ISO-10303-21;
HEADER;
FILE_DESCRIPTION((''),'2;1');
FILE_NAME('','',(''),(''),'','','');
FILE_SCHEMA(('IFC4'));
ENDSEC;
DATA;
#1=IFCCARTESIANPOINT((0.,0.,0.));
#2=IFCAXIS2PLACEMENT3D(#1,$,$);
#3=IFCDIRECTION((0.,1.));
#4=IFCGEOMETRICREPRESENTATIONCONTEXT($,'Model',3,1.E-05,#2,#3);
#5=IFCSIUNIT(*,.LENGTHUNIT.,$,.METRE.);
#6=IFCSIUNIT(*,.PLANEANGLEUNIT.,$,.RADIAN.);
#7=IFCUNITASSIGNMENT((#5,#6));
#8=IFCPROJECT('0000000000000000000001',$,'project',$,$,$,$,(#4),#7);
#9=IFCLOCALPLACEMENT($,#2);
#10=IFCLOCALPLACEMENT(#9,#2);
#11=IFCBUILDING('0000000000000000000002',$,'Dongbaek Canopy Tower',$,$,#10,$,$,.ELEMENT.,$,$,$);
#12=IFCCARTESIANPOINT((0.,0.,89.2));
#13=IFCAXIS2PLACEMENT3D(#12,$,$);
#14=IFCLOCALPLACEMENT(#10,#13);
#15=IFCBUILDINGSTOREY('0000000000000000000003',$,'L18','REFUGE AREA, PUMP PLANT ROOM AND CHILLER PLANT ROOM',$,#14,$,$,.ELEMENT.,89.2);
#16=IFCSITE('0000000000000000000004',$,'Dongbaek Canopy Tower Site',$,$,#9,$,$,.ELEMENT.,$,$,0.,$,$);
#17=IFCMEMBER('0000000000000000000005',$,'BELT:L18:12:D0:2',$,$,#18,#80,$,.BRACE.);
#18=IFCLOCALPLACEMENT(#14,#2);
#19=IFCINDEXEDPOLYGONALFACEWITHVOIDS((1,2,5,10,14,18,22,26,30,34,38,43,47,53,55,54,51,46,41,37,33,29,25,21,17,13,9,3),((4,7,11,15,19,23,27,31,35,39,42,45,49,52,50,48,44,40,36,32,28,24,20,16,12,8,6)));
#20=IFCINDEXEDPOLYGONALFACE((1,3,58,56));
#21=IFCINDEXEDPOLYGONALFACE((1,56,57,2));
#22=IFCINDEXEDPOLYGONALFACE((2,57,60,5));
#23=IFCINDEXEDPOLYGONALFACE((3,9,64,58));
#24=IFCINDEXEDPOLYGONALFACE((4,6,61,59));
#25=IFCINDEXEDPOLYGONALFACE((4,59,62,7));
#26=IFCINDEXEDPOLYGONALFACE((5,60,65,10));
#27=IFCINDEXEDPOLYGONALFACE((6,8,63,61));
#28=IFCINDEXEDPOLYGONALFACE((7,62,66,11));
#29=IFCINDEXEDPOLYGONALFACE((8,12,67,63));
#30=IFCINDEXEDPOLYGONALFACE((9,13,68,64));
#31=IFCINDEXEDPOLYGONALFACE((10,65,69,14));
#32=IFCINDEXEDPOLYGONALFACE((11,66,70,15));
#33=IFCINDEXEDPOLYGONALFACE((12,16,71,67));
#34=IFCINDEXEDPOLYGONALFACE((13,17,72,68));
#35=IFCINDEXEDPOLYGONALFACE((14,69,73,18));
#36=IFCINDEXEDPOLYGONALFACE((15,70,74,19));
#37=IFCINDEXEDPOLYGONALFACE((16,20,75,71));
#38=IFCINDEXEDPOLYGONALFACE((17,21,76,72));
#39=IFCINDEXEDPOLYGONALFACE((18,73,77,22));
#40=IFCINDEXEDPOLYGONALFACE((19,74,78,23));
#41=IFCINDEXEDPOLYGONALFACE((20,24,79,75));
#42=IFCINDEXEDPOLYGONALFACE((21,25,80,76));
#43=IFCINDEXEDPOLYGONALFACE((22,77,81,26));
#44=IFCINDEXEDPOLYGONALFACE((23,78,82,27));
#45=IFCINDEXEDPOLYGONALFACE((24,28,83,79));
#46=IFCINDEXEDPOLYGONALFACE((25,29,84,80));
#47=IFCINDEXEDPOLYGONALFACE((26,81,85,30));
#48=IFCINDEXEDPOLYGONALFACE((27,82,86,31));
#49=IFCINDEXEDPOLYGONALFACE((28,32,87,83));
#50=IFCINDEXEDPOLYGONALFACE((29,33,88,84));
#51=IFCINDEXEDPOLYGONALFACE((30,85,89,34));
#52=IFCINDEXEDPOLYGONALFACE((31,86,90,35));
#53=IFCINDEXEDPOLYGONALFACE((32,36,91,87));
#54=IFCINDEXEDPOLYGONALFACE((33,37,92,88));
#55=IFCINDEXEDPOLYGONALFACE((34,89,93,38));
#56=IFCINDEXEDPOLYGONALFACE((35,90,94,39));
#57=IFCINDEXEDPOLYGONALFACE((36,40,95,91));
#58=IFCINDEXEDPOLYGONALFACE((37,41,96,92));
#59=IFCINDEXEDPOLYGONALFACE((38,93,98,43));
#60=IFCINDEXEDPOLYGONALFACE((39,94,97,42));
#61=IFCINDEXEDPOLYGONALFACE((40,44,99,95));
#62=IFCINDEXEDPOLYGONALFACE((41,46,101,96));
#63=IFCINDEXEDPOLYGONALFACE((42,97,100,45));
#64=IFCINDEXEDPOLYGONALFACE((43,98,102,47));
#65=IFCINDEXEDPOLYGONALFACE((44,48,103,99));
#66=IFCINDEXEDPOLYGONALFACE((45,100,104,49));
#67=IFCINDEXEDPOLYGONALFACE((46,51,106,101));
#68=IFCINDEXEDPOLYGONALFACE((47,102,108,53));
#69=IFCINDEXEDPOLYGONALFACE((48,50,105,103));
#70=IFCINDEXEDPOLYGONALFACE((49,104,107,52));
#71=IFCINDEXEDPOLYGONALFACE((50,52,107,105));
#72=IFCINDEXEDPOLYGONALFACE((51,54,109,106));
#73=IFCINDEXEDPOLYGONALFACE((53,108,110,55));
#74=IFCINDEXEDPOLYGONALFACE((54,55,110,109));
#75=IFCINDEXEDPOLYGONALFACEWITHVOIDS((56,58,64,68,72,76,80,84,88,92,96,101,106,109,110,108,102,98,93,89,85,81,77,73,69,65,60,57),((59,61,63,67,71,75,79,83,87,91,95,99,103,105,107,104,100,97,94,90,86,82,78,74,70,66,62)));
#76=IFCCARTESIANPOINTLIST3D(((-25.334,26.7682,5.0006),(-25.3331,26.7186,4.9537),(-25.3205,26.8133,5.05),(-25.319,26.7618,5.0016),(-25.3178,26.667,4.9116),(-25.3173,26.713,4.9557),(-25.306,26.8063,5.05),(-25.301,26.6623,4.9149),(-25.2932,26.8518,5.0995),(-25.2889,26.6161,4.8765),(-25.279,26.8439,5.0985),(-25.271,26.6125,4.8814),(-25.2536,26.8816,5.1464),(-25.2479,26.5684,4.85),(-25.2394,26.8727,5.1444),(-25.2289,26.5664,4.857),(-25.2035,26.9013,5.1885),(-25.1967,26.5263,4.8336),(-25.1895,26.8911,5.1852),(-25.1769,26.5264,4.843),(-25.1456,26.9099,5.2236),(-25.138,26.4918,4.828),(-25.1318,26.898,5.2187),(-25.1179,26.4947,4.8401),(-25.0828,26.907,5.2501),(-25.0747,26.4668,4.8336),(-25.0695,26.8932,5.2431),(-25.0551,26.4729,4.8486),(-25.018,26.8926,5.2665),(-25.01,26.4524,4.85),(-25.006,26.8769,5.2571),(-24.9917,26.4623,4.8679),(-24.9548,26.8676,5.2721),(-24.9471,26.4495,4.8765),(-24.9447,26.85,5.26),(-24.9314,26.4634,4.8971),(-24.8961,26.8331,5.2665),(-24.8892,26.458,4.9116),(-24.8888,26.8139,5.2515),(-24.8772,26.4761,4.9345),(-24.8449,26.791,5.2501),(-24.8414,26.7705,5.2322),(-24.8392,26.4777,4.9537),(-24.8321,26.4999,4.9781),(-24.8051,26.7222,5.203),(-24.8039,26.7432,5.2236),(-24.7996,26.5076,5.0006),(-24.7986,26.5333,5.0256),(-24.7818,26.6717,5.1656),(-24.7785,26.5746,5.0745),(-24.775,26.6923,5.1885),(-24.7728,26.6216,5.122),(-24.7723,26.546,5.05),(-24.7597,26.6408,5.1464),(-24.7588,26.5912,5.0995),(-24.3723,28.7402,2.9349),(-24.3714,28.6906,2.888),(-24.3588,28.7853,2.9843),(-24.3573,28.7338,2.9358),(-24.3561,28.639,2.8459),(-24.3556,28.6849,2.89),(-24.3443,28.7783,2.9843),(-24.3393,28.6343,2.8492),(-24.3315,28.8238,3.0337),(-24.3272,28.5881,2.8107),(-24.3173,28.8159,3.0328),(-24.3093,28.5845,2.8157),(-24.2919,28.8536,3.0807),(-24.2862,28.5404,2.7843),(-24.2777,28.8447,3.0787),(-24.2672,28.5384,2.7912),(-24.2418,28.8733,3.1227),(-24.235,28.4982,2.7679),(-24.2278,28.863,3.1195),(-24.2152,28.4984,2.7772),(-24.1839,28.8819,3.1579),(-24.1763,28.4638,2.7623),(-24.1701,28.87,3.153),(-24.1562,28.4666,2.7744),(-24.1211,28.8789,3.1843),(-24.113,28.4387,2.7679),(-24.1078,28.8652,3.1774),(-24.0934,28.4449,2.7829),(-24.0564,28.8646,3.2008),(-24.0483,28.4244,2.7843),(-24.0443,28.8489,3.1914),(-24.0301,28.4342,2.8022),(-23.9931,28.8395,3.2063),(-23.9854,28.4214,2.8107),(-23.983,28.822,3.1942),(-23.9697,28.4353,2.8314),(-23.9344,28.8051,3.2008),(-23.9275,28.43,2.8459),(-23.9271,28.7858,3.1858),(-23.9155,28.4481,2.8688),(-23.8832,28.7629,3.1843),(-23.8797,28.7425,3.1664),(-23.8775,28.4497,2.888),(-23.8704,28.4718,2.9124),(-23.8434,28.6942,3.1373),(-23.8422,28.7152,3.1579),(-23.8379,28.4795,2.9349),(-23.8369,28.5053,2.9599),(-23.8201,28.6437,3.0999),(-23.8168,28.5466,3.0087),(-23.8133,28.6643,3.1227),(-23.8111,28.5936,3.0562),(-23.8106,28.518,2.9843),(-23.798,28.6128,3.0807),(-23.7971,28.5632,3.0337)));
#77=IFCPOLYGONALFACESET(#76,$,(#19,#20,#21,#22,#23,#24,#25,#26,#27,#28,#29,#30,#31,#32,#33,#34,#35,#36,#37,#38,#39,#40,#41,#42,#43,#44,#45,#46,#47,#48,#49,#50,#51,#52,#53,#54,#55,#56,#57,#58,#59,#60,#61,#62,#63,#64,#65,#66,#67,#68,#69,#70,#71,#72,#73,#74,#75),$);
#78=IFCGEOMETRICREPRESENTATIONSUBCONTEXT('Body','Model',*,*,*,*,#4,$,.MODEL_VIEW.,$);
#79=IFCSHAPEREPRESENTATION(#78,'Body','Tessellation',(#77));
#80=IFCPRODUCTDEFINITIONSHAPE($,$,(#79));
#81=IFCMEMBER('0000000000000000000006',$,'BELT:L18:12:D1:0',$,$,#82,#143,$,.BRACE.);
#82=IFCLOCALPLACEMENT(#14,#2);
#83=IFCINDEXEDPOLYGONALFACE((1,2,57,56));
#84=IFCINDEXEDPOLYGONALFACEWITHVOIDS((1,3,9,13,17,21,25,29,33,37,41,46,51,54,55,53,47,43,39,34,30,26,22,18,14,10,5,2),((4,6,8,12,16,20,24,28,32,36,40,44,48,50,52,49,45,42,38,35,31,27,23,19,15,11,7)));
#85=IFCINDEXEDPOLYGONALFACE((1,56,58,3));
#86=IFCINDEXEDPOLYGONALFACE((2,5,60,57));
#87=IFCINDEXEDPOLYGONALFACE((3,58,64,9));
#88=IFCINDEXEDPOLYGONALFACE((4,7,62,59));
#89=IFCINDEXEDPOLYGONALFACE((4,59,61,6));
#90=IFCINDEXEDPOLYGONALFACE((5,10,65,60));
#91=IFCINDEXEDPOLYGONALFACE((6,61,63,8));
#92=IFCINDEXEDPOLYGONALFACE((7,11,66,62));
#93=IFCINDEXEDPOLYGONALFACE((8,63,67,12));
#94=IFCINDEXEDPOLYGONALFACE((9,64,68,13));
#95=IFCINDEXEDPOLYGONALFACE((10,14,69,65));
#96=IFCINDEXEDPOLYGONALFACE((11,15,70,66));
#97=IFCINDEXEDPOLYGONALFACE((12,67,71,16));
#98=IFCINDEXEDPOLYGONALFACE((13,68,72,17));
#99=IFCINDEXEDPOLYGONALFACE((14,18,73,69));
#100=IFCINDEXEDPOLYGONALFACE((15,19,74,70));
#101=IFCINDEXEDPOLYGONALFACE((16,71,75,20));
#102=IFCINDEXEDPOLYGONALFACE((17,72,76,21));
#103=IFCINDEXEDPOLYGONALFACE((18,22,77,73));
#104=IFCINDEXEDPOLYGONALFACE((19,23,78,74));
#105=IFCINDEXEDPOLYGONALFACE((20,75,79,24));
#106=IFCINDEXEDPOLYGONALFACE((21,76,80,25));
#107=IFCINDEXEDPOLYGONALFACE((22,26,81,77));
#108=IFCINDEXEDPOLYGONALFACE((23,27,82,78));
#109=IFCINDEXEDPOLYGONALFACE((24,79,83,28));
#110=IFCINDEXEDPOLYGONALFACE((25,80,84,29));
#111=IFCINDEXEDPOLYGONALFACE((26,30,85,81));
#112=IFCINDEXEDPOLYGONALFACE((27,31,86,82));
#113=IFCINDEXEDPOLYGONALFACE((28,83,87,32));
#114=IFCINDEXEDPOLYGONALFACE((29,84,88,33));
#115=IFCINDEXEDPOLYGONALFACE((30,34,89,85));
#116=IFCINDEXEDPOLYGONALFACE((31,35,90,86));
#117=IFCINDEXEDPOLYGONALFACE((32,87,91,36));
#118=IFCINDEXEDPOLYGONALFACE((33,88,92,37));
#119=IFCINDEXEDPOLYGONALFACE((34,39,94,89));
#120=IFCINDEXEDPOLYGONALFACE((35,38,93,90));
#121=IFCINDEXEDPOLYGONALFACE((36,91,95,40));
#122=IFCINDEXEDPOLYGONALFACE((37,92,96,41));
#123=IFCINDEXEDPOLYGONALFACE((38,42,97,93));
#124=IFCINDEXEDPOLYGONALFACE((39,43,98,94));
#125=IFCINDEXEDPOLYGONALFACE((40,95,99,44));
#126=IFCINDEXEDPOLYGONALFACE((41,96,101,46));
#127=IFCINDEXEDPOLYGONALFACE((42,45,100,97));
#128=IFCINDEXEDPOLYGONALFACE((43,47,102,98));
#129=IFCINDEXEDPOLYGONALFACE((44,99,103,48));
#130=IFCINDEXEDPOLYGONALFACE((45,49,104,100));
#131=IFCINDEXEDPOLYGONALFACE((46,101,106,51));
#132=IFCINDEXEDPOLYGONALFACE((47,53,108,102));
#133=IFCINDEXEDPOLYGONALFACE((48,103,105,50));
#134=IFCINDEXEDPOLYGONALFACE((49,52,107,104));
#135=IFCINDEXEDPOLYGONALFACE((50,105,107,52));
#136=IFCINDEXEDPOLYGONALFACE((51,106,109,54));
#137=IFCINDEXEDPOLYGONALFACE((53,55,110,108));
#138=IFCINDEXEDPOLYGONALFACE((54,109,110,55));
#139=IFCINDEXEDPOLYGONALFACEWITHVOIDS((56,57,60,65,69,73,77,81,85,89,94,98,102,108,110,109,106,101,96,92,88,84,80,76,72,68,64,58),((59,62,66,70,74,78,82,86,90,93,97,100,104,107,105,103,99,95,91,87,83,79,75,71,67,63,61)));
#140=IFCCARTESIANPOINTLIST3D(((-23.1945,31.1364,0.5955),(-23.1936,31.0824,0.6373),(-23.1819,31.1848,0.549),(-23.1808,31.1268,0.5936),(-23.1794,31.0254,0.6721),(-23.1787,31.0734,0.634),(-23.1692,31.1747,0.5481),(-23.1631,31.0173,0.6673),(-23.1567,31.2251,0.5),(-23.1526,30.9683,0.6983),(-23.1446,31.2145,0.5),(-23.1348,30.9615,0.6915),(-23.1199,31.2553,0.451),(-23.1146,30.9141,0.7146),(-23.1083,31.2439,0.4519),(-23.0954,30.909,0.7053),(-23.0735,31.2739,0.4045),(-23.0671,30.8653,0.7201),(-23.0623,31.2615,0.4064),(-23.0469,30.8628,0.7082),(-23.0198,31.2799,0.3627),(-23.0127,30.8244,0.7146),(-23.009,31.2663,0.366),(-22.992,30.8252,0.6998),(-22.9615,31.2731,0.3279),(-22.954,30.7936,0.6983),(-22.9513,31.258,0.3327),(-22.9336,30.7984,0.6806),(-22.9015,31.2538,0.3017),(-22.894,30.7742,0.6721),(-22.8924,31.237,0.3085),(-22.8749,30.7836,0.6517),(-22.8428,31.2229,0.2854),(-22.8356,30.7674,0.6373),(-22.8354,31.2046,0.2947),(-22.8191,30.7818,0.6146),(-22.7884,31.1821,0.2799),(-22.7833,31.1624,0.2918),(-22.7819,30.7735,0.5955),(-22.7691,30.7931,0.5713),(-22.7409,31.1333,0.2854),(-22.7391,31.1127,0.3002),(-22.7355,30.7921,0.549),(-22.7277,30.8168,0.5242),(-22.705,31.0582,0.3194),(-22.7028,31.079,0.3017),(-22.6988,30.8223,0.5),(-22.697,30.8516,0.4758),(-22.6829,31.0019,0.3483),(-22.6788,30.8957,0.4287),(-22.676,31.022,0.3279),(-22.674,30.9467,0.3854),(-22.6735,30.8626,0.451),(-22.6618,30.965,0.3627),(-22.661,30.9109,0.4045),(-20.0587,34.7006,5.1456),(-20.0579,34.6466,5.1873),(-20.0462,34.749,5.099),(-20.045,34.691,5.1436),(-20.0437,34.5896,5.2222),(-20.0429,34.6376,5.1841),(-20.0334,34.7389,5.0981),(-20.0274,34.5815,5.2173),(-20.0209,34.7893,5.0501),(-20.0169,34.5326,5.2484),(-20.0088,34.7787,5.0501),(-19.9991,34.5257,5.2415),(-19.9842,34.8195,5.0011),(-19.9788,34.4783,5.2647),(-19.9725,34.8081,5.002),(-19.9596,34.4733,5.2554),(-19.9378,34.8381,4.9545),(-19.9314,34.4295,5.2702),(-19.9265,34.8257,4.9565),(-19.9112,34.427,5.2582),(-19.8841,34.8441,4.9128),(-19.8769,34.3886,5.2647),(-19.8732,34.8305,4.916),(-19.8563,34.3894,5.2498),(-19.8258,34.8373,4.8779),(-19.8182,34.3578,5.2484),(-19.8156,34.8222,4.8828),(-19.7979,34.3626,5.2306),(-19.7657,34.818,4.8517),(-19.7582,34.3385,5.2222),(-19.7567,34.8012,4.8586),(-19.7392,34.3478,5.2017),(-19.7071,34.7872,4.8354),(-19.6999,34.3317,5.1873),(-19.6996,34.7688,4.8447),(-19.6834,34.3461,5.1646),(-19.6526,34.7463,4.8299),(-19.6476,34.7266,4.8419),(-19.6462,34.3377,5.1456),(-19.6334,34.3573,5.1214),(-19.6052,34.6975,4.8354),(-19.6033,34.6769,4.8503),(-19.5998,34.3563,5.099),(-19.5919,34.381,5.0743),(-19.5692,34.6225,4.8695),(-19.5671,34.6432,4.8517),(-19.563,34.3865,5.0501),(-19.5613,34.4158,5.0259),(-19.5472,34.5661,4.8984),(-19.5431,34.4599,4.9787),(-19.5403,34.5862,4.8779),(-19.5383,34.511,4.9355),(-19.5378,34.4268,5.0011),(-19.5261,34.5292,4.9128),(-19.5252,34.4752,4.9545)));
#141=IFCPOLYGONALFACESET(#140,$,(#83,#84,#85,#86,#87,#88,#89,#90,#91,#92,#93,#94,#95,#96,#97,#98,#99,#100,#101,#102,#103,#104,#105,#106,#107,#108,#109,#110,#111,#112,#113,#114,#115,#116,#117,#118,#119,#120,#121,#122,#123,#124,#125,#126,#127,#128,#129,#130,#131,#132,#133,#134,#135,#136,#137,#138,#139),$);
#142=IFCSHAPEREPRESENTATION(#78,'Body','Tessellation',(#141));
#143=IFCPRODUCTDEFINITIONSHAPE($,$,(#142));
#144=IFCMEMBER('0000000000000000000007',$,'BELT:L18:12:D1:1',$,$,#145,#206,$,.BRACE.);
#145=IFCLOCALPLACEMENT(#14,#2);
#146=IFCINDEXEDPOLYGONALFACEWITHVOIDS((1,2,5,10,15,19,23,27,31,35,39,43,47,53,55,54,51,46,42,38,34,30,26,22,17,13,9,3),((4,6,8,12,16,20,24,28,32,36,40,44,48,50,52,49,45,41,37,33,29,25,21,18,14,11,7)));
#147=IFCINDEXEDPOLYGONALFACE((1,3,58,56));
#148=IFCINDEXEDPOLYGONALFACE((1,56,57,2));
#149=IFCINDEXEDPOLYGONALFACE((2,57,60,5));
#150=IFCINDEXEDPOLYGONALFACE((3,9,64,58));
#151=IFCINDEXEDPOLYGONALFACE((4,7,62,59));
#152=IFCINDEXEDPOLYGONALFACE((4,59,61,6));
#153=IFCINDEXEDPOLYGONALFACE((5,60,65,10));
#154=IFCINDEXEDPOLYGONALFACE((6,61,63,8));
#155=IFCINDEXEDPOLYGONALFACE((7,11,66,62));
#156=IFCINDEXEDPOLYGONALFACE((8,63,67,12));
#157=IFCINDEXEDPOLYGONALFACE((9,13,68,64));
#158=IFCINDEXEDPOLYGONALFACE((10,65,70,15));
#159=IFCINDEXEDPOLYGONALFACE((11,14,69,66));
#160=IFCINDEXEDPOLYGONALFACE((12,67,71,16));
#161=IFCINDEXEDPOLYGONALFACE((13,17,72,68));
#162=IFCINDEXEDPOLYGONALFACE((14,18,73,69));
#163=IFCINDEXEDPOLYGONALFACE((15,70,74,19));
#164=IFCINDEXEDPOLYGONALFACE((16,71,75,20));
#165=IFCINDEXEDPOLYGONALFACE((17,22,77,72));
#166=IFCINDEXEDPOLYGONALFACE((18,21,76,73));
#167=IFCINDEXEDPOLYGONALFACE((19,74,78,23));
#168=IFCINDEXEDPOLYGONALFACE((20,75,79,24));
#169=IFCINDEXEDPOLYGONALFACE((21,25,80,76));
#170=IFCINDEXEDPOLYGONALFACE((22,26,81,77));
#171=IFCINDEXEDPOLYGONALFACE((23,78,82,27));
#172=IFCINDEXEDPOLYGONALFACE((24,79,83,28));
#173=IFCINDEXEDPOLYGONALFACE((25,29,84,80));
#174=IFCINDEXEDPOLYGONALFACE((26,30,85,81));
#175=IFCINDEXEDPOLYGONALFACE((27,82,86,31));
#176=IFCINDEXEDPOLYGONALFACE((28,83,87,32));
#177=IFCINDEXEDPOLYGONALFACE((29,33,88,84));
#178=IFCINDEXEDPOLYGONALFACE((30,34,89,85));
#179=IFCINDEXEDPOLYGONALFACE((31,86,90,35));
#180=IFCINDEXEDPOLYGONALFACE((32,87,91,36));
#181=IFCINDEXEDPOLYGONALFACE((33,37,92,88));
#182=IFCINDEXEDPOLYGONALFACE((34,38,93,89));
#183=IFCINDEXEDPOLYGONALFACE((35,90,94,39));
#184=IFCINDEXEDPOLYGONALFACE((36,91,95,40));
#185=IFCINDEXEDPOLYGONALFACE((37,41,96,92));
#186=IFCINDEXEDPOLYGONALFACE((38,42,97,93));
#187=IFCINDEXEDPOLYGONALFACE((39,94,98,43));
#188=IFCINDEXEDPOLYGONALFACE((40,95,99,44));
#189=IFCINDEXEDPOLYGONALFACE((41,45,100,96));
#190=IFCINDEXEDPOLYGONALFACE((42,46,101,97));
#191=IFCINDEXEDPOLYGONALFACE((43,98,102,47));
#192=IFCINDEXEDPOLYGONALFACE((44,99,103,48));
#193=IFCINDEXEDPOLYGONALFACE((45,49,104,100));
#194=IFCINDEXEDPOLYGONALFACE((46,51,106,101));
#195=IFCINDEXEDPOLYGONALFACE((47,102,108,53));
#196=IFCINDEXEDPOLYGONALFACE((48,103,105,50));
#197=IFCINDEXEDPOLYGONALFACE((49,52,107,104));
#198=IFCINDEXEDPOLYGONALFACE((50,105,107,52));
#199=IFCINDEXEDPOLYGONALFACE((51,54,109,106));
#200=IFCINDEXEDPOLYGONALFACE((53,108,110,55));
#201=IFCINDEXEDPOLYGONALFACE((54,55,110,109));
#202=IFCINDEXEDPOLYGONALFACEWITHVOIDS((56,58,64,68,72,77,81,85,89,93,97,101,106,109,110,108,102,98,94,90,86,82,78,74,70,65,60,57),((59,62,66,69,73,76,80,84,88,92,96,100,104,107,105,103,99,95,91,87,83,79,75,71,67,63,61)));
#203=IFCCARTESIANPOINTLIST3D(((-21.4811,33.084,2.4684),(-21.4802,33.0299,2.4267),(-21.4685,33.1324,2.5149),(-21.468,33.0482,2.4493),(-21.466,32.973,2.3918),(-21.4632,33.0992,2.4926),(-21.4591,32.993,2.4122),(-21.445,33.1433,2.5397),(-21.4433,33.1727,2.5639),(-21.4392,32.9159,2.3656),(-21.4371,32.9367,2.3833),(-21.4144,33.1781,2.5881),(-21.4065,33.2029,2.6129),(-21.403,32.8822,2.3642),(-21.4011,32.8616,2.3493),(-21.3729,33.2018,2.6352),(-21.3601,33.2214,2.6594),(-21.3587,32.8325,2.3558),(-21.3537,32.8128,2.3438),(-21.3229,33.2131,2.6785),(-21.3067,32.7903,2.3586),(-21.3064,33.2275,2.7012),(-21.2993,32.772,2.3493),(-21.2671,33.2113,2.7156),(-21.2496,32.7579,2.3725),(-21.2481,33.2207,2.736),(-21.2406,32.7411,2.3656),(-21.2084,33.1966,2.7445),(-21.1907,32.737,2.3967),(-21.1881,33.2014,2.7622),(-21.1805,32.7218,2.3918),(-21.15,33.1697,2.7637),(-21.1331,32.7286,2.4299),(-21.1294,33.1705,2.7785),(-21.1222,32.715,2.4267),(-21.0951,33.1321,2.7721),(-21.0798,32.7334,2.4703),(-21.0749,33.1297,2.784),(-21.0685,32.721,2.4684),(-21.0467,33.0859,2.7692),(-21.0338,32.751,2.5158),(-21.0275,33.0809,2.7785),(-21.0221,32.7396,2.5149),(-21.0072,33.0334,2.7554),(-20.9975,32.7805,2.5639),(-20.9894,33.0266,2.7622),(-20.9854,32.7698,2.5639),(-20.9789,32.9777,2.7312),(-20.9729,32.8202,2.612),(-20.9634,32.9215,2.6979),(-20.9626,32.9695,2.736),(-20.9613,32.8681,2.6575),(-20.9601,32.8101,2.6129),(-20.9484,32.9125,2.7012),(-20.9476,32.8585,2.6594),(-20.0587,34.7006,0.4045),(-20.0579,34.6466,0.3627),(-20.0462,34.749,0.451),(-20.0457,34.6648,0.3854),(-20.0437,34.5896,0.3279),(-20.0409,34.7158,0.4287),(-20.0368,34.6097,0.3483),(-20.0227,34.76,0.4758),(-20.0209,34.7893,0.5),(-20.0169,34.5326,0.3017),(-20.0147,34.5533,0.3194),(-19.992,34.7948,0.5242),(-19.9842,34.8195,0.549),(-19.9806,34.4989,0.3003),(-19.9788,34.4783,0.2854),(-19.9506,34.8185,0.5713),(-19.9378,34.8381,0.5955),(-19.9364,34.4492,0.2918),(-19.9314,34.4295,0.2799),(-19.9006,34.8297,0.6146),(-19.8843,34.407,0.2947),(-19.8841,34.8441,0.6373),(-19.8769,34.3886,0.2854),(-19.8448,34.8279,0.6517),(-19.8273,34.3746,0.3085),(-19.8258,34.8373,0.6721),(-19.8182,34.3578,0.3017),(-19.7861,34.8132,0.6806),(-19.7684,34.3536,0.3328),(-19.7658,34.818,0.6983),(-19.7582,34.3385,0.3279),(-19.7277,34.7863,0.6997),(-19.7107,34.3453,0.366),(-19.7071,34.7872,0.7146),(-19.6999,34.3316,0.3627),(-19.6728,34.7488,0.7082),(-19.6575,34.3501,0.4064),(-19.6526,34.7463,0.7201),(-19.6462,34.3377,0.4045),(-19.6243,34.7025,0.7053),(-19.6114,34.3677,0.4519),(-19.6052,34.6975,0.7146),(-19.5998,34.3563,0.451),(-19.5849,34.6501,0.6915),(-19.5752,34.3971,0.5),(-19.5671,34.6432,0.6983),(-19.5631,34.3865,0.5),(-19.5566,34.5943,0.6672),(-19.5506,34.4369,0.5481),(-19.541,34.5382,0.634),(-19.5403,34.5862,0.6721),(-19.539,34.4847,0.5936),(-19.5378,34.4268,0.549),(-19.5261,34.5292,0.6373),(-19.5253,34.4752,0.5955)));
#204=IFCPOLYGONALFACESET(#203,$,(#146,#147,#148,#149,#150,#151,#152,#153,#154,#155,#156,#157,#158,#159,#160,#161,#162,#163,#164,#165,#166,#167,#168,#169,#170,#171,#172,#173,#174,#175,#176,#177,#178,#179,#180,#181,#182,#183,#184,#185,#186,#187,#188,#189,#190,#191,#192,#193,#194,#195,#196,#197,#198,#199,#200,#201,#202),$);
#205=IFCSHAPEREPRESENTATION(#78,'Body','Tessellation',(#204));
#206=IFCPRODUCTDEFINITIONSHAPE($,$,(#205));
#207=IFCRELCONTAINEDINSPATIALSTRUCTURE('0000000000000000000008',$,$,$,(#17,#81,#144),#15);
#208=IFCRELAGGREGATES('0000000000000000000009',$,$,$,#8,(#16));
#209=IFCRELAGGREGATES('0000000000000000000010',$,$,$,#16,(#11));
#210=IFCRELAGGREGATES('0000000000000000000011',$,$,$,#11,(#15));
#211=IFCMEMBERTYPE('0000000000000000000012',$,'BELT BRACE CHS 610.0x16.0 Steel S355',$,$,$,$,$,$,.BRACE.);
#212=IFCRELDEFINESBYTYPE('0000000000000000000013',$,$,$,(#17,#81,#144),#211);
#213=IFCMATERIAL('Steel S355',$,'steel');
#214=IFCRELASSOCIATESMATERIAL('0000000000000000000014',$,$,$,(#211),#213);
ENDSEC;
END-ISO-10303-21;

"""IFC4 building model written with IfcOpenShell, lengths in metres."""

from ifc_helpers import new_model, si_unit, direction, frame, origin, origin_2d, place, context, subcontext, project, spatial, hollow_circle, extrude, material, material_profile, profile_set, type_object, element, save


model = new_model("IFC4")

# Units and contexts
model_context = context("Model", 3, precision=1e-05, world=origin(), true_north=direction((0.0, 1.0)))
body_context = subcontext(model_context, "Body", "Model", "MODEL_VIEW")
ifc_project = project(units=[si_unit("LENGTHUNIT", "METRE"), si_unit("PLANEANGLEUNIT", "RADIAN")], contexts=[model_context])

# Site, building, storey
site_placement = place(None, origin())
site = spatial("IfcSite", under=ifc_project, at=site_placement, Name="Dongbaek Canopy Tower Site", CompositionType="ELEMENT", RefElevation=0.0)
building_placement = place(site_placement, origin())
building = spatial("IfcBuilding", under=site, at=building_placement, Name="Dongbaek Canopy Tower", CompositionType="ELEMENT")
storey_placement = place(building_placement, frame((0.0, 0.0, 89.2)))
storey = spatial("IfcBuildingStorey", under=building, at=storey_placement, Name="L18", Description="REFUGE AREA, PUMP PLANT ROOM AND CHILLER PLANT ROOM", CompositionType="ELEMENT", Elevation=89.2)

# Members
ifc_material_1 = material(Name="Steel S355", Category="steel")
ifc_material_profile_1 = material_profile(ifc_material_1, hollow_circle(Radius=0.3049, WallThickness=0.0161, at=origin_2d()), Name="BELT BRACE CHS 610.0x16.0 Steel S355")
ifc_profile_set_1 = profile_set([ifc_material_profile_1], Name="Steel S355")
member_type_1 = type_object("IfcMemberType", Name="BELT BRACE CHS 610.0x16.0 Steel S355", PredefinedType="BRACE", material=ifc_profile_set_1)
for number, where, z_axis, x_axis, name in (
    (1, (-25.0464, 26.6797, 5.05), (0.319136, 0.654395, -0.685507), (-0.898812, 0.438334, 0.0), "BELT:L18:12:D0:2"),
):
    element("IfcMember", number, at=place(storey_placement, frame(where, z_axis=z_axis, x_axis=x_axis)), inside=storey, type_object=member_type_1, Name=name, PredefinedType="BRACE", context=body_context, shape_type="SweptSolid", body=[
        extrude(hollow_circle(Radius=0.3049, WallThickness=0.0161, at=origin_2d()), origin(), (0.0, 0.0, 1.0), 3.0134),
    ])
member_1_placement = place(storey_placement, frame((-22.9277, 31.0237, 0.5), z_axis=(0.476871, 0.54203, 0.691952), x_axis=(-0.750793, 0.660537, 0.0)))
element("IfcMember", 2, at=member_1_placement, inside=storey, type_object=member_type_1, Name="BELT:L18:12:D1:0", PredefinedType="BRACE", context=body_context, shape_type="SweptSolid", body=[
    extrude(hollow_circle(Radius=0.3049, WallThickness=0.0161, at=origin_2d()), origin(), (0.0, 0.0, 1.0), 6.5757),
])
member_2_placement = place(storey_placement, frame((-19.792, 34.5879, 0.5), z_axis=(-0.476863, -0.542017, 0.691968), x_axis=(0.75079, -0.660541, 0.0)))
element("IfcMember", 3, at=member_2_placement, inside=storey, type_object=member_type_1, Name="BELT:L18:12:D1:1", PredefinedType="BRACE", context=body_context, shape_type="SweptSolid", body=[
    extrude(hollow_circle(Radius=0.3049, WallThickness=0.0161, at=origin_2d()), origin(), (0.0, 0.0, 1.0), 2.9827),
])

save(model, "model.ifc")
